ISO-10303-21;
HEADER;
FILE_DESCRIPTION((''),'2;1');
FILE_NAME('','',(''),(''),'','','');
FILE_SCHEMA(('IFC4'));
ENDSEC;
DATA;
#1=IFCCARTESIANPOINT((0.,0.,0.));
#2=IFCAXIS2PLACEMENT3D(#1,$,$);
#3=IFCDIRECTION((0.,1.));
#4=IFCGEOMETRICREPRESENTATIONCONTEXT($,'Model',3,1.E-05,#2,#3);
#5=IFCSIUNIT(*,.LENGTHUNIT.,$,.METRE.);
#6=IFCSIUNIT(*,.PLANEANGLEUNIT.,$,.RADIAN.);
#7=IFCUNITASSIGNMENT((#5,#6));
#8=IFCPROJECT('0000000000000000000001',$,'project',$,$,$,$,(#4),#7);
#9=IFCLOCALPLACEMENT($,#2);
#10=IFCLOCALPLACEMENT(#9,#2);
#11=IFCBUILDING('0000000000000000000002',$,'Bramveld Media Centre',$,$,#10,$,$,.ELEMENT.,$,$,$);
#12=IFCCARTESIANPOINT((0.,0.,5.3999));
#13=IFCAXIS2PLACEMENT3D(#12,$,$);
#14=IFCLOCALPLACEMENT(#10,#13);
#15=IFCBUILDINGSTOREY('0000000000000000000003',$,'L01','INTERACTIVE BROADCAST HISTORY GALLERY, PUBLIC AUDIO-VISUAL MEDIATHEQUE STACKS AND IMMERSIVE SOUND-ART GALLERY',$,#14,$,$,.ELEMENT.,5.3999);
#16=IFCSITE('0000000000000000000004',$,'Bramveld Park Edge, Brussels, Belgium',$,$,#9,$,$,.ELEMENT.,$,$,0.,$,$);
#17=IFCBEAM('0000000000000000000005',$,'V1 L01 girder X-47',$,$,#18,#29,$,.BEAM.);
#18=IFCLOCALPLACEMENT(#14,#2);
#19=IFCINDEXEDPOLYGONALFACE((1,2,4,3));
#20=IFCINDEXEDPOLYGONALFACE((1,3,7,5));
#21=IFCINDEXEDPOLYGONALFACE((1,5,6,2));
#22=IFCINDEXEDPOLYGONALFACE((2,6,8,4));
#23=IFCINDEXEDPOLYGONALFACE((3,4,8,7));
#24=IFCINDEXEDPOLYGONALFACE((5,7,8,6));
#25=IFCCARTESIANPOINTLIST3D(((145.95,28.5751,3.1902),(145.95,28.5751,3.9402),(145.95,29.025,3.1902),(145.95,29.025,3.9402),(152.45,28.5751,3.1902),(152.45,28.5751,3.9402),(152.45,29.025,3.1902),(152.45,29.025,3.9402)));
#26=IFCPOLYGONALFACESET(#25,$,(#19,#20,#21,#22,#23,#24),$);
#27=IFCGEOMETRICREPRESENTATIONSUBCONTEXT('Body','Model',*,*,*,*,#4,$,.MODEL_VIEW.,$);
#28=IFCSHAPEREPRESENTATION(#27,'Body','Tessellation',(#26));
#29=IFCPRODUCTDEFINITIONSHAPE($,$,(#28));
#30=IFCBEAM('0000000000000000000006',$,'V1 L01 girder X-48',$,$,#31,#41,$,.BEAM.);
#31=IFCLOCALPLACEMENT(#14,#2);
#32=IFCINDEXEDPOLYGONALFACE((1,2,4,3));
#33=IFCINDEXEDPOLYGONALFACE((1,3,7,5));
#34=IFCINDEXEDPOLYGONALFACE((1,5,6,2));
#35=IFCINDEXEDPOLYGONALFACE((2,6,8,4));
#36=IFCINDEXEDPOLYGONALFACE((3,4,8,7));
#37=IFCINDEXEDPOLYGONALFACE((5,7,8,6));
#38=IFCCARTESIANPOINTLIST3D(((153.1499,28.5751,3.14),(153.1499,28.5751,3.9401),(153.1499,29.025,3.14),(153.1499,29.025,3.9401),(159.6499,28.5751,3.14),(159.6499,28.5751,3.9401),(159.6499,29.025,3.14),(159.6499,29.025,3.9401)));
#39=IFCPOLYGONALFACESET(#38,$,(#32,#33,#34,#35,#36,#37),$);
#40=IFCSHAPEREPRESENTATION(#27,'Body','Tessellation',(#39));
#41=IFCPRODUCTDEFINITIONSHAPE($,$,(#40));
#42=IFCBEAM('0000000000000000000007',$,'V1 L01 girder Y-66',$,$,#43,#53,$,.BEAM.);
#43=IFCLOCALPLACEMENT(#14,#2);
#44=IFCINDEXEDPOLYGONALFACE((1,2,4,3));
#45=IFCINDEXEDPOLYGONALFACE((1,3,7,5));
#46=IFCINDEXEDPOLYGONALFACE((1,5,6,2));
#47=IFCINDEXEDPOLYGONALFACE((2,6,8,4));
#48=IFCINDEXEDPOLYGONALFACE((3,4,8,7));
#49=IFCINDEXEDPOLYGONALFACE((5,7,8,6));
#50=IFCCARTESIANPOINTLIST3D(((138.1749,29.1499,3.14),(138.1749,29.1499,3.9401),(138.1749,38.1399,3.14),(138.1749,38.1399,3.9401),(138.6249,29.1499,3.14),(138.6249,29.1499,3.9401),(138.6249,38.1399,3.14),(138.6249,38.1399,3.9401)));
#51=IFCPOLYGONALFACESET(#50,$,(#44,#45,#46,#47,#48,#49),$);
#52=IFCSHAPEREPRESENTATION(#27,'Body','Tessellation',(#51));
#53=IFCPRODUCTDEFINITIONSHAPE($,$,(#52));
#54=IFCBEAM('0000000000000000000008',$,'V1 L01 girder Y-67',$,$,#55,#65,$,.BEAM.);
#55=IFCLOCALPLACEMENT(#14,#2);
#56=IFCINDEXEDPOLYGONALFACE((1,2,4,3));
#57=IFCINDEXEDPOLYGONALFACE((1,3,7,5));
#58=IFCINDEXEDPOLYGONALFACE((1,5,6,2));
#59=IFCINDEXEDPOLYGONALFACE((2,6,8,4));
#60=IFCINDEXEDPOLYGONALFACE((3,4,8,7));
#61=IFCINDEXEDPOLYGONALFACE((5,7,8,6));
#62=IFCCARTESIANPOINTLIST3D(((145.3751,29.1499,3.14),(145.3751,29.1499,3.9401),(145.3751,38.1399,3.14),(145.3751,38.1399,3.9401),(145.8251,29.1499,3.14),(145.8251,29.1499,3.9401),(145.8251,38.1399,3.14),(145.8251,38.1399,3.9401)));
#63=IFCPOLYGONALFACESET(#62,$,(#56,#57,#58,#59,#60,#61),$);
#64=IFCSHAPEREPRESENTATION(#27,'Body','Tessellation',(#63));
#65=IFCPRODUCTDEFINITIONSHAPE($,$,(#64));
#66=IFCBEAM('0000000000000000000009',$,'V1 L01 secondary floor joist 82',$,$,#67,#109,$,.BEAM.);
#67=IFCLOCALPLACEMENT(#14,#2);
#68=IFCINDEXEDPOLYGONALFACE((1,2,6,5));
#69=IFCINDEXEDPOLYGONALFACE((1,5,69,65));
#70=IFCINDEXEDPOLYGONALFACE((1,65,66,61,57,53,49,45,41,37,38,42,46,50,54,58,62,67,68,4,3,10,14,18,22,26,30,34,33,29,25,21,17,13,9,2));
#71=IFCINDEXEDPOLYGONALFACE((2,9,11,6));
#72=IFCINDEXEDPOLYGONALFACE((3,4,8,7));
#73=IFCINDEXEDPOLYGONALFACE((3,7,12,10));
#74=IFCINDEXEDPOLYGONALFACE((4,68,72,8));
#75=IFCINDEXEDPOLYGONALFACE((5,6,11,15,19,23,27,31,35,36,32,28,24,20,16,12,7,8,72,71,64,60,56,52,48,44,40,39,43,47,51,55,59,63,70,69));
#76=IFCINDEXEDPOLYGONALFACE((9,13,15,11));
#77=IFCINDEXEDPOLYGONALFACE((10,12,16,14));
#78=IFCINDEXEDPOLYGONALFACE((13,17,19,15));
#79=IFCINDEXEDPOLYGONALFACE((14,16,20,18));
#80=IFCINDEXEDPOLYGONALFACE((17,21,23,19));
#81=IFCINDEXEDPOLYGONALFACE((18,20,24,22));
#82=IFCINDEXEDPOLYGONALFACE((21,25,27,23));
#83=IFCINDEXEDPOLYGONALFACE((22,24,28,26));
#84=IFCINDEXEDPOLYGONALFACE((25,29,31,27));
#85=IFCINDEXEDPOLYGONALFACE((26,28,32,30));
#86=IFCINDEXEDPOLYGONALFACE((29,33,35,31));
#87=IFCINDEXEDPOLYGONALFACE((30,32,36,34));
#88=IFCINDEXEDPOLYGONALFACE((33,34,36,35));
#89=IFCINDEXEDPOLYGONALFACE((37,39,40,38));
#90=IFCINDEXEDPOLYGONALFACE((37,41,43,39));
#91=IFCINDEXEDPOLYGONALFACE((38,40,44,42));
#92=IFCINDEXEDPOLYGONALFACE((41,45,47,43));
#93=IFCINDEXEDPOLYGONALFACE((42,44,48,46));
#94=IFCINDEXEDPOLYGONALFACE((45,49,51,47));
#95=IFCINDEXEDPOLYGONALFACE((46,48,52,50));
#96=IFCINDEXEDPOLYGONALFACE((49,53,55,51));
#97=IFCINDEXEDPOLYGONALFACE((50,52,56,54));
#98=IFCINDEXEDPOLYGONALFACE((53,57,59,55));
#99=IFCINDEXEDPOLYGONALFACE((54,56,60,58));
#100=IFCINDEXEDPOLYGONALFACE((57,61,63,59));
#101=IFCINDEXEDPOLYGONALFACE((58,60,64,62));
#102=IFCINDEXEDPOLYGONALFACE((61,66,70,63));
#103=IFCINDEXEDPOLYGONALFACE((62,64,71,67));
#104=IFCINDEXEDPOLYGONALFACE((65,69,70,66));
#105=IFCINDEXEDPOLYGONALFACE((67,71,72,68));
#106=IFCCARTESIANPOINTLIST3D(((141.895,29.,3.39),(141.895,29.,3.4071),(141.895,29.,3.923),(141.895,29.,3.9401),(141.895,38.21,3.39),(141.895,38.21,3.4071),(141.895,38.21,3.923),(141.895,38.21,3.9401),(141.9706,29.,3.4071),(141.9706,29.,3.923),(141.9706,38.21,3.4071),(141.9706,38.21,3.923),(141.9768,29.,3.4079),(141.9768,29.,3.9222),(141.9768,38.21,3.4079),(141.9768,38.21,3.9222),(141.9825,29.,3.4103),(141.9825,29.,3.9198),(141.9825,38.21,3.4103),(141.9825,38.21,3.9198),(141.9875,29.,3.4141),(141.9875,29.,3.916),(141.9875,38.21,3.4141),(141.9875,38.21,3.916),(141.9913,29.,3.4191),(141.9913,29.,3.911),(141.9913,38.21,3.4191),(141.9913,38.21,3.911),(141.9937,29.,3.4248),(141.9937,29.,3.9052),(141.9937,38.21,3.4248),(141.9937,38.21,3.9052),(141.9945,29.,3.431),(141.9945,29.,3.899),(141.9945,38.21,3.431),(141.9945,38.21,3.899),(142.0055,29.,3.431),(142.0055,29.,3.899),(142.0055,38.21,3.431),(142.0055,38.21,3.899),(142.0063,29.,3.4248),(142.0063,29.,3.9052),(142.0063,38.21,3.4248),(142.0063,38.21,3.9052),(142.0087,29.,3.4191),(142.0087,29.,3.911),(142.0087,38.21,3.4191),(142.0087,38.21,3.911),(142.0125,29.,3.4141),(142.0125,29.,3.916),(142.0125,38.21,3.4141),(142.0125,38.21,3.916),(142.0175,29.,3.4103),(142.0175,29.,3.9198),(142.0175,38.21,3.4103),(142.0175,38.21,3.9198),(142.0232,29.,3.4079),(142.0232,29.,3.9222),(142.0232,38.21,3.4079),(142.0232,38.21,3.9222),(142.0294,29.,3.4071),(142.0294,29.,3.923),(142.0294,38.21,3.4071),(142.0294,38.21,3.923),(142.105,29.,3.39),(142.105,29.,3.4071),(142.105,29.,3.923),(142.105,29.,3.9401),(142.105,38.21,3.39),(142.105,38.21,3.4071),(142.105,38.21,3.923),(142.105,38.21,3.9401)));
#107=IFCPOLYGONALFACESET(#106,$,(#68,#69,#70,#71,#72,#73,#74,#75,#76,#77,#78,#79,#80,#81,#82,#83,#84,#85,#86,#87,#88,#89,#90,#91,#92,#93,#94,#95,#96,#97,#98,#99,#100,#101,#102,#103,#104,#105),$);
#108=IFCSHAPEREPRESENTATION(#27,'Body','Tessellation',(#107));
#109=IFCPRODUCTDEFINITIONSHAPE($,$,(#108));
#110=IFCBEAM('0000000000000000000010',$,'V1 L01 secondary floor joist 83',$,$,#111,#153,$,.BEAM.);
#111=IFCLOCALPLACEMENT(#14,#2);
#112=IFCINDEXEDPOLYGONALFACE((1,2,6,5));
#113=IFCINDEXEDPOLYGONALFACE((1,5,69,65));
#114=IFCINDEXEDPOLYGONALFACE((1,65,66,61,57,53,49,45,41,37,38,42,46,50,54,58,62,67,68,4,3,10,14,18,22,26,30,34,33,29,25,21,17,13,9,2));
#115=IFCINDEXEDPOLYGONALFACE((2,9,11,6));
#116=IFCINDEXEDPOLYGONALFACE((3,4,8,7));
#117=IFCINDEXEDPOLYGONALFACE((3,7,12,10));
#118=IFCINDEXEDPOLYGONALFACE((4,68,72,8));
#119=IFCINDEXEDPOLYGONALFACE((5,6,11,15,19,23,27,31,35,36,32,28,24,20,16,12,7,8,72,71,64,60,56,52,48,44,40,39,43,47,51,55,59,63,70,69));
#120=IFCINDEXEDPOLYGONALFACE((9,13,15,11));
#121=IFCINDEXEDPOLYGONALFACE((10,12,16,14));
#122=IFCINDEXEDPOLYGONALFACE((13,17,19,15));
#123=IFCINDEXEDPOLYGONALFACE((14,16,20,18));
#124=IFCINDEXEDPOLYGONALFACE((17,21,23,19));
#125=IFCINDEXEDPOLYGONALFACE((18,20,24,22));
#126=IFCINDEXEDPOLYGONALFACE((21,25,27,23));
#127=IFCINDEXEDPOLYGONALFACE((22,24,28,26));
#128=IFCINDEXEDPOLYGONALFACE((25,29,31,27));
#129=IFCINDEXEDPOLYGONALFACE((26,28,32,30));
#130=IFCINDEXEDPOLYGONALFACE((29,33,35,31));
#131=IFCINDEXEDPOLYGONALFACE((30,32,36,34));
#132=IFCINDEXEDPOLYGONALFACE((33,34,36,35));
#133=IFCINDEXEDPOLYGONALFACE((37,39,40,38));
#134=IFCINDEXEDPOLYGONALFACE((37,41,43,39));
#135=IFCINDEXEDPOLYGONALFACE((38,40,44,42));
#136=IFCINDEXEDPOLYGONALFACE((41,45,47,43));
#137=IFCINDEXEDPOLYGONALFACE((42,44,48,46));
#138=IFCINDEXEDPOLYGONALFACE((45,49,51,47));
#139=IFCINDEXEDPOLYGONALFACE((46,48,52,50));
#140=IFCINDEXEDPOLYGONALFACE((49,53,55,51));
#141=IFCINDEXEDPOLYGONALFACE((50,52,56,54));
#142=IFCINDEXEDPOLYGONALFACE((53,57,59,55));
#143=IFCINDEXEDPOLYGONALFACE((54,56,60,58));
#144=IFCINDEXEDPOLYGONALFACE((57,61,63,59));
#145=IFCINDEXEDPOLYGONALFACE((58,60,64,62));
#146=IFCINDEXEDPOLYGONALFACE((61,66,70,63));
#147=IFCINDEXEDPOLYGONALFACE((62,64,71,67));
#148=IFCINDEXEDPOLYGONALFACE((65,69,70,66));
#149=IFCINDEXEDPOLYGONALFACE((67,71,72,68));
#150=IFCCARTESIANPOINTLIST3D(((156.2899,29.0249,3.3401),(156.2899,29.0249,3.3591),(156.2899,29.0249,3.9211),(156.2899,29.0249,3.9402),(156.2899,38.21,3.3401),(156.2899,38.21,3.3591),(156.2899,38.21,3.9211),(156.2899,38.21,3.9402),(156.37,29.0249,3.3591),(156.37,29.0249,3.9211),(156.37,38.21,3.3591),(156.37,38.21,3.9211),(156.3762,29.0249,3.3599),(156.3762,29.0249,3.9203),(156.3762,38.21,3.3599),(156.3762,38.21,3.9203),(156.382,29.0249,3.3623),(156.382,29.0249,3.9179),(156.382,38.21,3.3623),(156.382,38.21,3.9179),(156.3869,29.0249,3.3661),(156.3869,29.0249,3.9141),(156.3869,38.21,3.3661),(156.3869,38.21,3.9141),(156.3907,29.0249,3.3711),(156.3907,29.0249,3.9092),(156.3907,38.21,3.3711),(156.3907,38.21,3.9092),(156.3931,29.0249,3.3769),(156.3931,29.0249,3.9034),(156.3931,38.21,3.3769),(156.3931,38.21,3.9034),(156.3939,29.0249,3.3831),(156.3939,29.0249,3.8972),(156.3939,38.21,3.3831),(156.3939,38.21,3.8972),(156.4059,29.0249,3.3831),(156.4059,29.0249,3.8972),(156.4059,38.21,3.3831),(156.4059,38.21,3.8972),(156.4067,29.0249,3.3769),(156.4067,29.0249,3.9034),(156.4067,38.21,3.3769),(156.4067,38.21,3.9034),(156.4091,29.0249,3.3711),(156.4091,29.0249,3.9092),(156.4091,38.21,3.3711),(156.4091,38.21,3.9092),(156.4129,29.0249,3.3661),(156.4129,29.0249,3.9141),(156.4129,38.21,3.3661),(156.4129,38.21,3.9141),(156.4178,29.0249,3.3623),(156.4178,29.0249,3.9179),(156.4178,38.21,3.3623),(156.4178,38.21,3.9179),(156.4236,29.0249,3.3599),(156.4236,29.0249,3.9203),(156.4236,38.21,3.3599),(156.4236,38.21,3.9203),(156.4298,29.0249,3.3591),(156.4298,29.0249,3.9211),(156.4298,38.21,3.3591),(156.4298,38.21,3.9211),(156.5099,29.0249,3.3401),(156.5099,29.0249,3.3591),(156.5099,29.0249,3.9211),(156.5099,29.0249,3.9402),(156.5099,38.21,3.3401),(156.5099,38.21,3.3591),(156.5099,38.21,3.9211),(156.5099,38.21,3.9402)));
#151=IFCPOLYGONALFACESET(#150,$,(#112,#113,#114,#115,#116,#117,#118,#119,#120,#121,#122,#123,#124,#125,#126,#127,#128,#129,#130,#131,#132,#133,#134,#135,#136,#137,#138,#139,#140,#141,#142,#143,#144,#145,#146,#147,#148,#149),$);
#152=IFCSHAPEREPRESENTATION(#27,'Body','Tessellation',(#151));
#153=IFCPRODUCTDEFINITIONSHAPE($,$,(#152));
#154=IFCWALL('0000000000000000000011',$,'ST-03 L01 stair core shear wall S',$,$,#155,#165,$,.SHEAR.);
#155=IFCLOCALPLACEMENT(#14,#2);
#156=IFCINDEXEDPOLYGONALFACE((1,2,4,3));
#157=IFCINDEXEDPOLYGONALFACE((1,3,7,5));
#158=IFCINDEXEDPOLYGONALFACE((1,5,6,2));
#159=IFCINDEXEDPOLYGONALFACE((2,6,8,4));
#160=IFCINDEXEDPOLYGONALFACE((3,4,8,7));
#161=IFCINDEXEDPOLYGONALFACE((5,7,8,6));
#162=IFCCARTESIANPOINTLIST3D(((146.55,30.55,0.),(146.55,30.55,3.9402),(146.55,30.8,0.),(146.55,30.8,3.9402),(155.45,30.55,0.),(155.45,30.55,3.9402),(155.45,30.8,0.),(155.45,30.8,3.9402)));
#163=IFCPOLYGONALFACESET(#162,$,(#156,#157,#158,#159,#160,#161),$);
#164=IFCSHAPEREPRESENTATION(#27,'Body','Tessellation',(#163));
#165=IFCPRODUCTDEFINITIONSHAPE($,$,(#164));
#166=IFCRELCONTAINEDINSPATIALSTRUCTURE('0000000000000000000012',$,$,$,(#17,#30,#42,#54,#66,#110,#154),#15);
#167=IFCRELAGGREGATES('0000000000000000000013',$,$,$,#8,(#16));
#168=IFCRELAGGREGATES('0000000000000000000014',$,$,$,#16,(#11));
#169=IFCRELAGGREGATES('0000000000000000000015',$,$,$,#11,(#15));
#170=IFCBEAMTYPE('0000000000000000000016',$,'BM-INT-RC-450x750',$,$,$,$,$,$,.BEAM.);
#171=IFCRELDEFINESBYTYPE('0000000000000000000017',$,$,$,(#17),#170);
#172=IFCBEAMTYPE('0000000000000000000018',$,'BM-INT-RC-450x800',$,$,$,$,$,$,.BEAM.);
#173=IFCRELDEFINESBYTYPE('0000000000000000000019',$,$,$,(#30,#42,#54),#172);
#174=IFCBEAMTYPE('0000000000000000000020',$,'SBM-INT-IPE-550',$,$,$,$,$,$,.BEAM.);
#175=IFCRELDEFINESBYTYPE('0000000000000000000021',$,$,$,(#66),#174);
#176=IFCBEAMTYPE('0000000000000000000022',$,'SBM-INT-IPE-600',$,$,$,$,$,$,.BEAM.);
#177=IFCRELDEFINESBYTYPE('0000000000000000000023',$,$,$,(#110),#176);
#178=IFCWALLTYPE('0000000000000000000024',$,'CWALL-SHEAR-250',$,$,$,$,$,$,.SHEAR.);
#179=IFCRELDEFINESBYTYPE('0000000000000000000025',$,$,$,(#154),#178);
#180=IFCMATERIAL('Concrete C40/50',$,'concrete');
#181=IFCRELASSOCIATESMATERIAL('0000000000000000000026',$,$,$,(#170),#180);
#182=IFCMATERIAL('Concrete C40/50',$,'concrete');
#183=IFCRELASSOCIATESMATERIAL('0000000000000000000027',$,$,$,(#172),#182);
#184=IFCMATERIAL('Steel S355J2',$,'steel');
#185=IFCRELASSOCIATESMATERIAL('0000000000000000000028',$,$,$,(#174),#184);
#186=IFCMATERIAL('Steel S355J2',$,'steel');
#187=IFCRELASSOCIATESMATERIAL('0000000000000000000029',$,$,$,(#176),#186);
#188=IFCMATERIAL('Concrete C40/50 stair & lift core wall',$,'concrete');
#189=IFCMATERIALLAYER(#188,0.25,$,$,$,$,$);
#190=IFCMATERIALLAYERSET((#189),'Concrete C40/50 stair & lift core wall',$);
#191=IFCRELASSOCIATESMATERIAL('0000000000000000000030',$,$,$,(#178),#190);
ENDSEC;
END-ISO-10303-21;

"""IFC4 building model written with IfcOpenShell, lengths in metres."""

from ifc_helpers import new_model, si_unit, direction, frame, frame_2d, origin, origin_2d, place, context, subcontext, project, spatial, rectangle, i_section, extrude, material, layer, layer_set, material_profile, profile_set, type_object, element, save


model = new_model("IFC4")

# Units and contexts
model_context = context("Model", 3, precision=1e-05, world=origin(), true_north=direction((0.0, 1.0)))
body_context = subcontext(model_context, "Body", "Model", "MODEL_VIEW")
ifc_project = project(units=[si_unit("LENGTHUNIT", "METRE"), si_unit("PLANEANGLEUNIT", "RADIAN")], contexts=[model_context])

# Site, building, storey
site_placement = place(None, origin())
site = spatial("IfcSite", under=ifc_project, at=site_placement, Name="Bramveld Park Edge, Brussels, Belgium", CompositionType="ELEMENT", RefElevation=0.0)
building_placement = place(site_placement, origin())
building = spatial("IfcBuilding", under=site, at=building_placement, Name="Bramveld Media Centre", CompositionType="ELEMENT")
storey_placement = place(building_placement, frame((0.0, 0.0, 5.3999)))
storey = spatial("IfcBuildingStorey", under=building, at=storey_placement, Name="L01", Description="INTERACTIVE BROADCAST HISTORY GALLERY, PUBLIC AUDIO-VISUAL MEDIATHEQUE STACKS AND IMMERSIVE SOUND-ART GALLERY", CompositionType="ELEMENT", Elevation=5.3999)

# Beams
ifc_material_1 = material(Name="Concrete C40/50", Category="concrete")
ifc_material_profile_1 = material_profile(ifc_material_1, rectangle(XDim=0.45, YDim=0.75, at=origin_2d()), Name="RC 450x750")
ifc_profile_set_1 = profile_set([ifc_material_profile_1], Name="Concrete C40/50")
beam_type_1 = type_object("IfcBeamType", Name="BM-INT-RC-450x750", PredefinedType="BEAM", material=ifc_profile_set_1)
beam_1_placement = place(storey_placement, frame((145.95, 28.8, 3.5652), z_axis=(1.0, 0.0, 0.0), x_axis=(0.0, 1.0, 0.0)))
element("IfcBeam", 1, at=beam_1_placement, inside=storey, type_object=beam_type_1, Name="V1 L01 girder X-47", PredefinedType="BEAM", context=body_context, shape_type="SweptSolid", body=[
    extrude(rectangle(XDim=0.45, YDim=0.75, at=origin_2d()), origin(), (0.0, 0.0, 1.0), 6.5),
])
ifc_material_2 = material(Name="Concrete C40/50", Category="concrete")
ifc_material_profile_2 = material_profile(ifc_material_2, rectangle(XDim=0.45, YDim=0.8, at=origin_2d()), Name="RC 450x800")
ifc_profile_set_2 = profile_set([ifc_material_profile_2], Name="Concrete C40/50")
beam_type_2 = type_object("IfcBeamType", Name="BM-INT-RC-450x800", PredefinedType="BEAM", material=ifc_profile_set_2)
beam_2_placement = place(storey_placement, frame((153.1499, 28.8, 3.54), z_axis=(1.0, 0.0, 0.0), x_axis=(0.0, 1.0, 0.0)))
element("IfcBeam", 2, at=beam_2_placement, inside=storey, type_object=beam_type_2, Name="V1 L01 girder X-48", PredefinedType="BEAM", context=body_context, shape_type="SweptSolid", body=[
    extrude(rectangle(XDim=0.45, YDim=0.8, at=origin_2d()), origin(), (0.0, 0.0, 1.0), 6.5),
])
for number, where, z_axis, x_axis, name in (
    (3, (138.3999, 29.1499, 3.54), (0.0, 1.0, 0.0), (-1.0, 0.0, 0.0), "V1 L01 girder Y-66"),
    (4, (145.6001, 29.1499, 3.54), (0.0, 1.0, 0.0), (-1.0, 0.0, 0.0), "V1 L01 girder Y-67"),
):
    element("IfcBeam", number, at=place(storey_placement, frame(where, z_axis=z_axis, x_axis=x_axis)), inside=storey, type_object=beam_type_2, Name=name, PredefinedType="BEAM", context=body_context, shape_type="SweptSolid", body=[
        extrude(rectangle(XDim=0.45, YDim=0.8, at=origin_2d()), origin(), (0.0, 0.0, 1.0), 8.99),
    ])
ifc_material_3 = material(Name="Steel S355J2", Category="steel")
ifc_material_profile_3 = material_profile(ifc_material_3, i_section(OverallWidth=0.21, OverallDepth=0.55, WebThickness=0.011, FlangeThickness=0.0171, FilletRadius=0.0239, at=origin_2d()), Name="IPE 550")
ifc_profile_set_3 = profile_set([ifc_material_profile_3], Name="Steel S355J2")
beam_type_3 = type_object("IfcBeamType", Name="SBM-INT-IPE-550", PredefinedType="BEAM", material=ifc_profile_set_3)
beam_3_placement = place(storey_placement, frame((142.0, 29.0, 3.665), z_axis=(0.0, 1.0, 0.0), x_axis=(-1.0, 0.0, 0.0)))
element("IfcBeam", 5, at=beam_3_placement, inside=storey, type_object=beam_type_3, Name="V1 L01 secondary floor joist 82", PredefinedType="BEAM", context=body_context, shape_type="SweptSolid", body=[
    extrude(i_section(OverallWidth=0.21, OverallDepth=0.55, WebThickness=0.011, FlangeThickness=0.0171, FilletRadius=0.0239, at=origin_2d()), origin(), (0.0, 0.0, 1.0), 9.21),
])
ifc_material_4 = material(Name="Steel S355J2", Category="steel")
ifc_material_profile_4 = material_profile(ifc_material_4, i_section(OverallWidth=0.22, OverallDepth=0.6001, WebThickness=0.012, FlangeThickness=0.019, FilletRadius=0.0239, at=origin_2d()), Name="IPE 600")
ifc_profile_set_4 = profile_set([ifc_material_profile_4], Name="Steel S355J2")
beam_type_4 = type_object("IfcBeamType", Name="SBM-INT-IPE-600", PredefinedType="BEAM", material=ifc_profile_set_4)
beam_4_placement = place(storey_placement, frame((156.3999, 29.0249, 3.6401), z_axis=(0.0, 1.0, 0.0), x_axis=(-1.0, 0.0, 0.0)))
element("IfcBeam", 6, at=beam_4_placement, inside=storey, type_object=beam_type_4, Name="V1 L01 secondary floor joist 83", PredefinedType="BEAM", context=body_context, shape_type="SweptSolid", body=[
    extrude(i_section(OverallWidth=0.22, OverallDepth=0.6001, WebThickness=0.012, FlangeThickness=0.019, FilletRadius=0.0239, at=origin_2d()), origin(), (0.0, 0.0, 1.0), 9.1851),
])

# Wall
ifc_material_5 = material(Name="Concrete C40/50 stair & lift core wall", Category="concrete")
ifc_layer = layer(ifc_material_5, 0.25)
ifc_layer_set = layer_set([ifc_layer], Name="Concrete C40/50 stair & lift core wall")
wall_type = type_object("IfcWallType", Name="CWALL-SHEAR-250", PredefinedType="SHEAR", material=ifc_layer_set)
wall_placement = place(storey_placement, frame((146.55, 30.675, 0.0), z_axis=(0.0, 0.0, 1.0), x_axis=(1.0, 0.0, 0.0)))
element("IfcWall", 7, at=wall_placement, inside=storey, type_object=wall_type, Name="ST-03 L01 stair core shear wall S", PredefinedType="SHEAR", context=body_context, shape_type="SweptSolid", body=[
    extrude(rectangle(XDim=8.8999, YDim=0.25, at=frame_2d((4.45, 0.0))), origin(), (0.0, 0.0, 1.0), 3.9402),
])

save(model, "model.ifc")
